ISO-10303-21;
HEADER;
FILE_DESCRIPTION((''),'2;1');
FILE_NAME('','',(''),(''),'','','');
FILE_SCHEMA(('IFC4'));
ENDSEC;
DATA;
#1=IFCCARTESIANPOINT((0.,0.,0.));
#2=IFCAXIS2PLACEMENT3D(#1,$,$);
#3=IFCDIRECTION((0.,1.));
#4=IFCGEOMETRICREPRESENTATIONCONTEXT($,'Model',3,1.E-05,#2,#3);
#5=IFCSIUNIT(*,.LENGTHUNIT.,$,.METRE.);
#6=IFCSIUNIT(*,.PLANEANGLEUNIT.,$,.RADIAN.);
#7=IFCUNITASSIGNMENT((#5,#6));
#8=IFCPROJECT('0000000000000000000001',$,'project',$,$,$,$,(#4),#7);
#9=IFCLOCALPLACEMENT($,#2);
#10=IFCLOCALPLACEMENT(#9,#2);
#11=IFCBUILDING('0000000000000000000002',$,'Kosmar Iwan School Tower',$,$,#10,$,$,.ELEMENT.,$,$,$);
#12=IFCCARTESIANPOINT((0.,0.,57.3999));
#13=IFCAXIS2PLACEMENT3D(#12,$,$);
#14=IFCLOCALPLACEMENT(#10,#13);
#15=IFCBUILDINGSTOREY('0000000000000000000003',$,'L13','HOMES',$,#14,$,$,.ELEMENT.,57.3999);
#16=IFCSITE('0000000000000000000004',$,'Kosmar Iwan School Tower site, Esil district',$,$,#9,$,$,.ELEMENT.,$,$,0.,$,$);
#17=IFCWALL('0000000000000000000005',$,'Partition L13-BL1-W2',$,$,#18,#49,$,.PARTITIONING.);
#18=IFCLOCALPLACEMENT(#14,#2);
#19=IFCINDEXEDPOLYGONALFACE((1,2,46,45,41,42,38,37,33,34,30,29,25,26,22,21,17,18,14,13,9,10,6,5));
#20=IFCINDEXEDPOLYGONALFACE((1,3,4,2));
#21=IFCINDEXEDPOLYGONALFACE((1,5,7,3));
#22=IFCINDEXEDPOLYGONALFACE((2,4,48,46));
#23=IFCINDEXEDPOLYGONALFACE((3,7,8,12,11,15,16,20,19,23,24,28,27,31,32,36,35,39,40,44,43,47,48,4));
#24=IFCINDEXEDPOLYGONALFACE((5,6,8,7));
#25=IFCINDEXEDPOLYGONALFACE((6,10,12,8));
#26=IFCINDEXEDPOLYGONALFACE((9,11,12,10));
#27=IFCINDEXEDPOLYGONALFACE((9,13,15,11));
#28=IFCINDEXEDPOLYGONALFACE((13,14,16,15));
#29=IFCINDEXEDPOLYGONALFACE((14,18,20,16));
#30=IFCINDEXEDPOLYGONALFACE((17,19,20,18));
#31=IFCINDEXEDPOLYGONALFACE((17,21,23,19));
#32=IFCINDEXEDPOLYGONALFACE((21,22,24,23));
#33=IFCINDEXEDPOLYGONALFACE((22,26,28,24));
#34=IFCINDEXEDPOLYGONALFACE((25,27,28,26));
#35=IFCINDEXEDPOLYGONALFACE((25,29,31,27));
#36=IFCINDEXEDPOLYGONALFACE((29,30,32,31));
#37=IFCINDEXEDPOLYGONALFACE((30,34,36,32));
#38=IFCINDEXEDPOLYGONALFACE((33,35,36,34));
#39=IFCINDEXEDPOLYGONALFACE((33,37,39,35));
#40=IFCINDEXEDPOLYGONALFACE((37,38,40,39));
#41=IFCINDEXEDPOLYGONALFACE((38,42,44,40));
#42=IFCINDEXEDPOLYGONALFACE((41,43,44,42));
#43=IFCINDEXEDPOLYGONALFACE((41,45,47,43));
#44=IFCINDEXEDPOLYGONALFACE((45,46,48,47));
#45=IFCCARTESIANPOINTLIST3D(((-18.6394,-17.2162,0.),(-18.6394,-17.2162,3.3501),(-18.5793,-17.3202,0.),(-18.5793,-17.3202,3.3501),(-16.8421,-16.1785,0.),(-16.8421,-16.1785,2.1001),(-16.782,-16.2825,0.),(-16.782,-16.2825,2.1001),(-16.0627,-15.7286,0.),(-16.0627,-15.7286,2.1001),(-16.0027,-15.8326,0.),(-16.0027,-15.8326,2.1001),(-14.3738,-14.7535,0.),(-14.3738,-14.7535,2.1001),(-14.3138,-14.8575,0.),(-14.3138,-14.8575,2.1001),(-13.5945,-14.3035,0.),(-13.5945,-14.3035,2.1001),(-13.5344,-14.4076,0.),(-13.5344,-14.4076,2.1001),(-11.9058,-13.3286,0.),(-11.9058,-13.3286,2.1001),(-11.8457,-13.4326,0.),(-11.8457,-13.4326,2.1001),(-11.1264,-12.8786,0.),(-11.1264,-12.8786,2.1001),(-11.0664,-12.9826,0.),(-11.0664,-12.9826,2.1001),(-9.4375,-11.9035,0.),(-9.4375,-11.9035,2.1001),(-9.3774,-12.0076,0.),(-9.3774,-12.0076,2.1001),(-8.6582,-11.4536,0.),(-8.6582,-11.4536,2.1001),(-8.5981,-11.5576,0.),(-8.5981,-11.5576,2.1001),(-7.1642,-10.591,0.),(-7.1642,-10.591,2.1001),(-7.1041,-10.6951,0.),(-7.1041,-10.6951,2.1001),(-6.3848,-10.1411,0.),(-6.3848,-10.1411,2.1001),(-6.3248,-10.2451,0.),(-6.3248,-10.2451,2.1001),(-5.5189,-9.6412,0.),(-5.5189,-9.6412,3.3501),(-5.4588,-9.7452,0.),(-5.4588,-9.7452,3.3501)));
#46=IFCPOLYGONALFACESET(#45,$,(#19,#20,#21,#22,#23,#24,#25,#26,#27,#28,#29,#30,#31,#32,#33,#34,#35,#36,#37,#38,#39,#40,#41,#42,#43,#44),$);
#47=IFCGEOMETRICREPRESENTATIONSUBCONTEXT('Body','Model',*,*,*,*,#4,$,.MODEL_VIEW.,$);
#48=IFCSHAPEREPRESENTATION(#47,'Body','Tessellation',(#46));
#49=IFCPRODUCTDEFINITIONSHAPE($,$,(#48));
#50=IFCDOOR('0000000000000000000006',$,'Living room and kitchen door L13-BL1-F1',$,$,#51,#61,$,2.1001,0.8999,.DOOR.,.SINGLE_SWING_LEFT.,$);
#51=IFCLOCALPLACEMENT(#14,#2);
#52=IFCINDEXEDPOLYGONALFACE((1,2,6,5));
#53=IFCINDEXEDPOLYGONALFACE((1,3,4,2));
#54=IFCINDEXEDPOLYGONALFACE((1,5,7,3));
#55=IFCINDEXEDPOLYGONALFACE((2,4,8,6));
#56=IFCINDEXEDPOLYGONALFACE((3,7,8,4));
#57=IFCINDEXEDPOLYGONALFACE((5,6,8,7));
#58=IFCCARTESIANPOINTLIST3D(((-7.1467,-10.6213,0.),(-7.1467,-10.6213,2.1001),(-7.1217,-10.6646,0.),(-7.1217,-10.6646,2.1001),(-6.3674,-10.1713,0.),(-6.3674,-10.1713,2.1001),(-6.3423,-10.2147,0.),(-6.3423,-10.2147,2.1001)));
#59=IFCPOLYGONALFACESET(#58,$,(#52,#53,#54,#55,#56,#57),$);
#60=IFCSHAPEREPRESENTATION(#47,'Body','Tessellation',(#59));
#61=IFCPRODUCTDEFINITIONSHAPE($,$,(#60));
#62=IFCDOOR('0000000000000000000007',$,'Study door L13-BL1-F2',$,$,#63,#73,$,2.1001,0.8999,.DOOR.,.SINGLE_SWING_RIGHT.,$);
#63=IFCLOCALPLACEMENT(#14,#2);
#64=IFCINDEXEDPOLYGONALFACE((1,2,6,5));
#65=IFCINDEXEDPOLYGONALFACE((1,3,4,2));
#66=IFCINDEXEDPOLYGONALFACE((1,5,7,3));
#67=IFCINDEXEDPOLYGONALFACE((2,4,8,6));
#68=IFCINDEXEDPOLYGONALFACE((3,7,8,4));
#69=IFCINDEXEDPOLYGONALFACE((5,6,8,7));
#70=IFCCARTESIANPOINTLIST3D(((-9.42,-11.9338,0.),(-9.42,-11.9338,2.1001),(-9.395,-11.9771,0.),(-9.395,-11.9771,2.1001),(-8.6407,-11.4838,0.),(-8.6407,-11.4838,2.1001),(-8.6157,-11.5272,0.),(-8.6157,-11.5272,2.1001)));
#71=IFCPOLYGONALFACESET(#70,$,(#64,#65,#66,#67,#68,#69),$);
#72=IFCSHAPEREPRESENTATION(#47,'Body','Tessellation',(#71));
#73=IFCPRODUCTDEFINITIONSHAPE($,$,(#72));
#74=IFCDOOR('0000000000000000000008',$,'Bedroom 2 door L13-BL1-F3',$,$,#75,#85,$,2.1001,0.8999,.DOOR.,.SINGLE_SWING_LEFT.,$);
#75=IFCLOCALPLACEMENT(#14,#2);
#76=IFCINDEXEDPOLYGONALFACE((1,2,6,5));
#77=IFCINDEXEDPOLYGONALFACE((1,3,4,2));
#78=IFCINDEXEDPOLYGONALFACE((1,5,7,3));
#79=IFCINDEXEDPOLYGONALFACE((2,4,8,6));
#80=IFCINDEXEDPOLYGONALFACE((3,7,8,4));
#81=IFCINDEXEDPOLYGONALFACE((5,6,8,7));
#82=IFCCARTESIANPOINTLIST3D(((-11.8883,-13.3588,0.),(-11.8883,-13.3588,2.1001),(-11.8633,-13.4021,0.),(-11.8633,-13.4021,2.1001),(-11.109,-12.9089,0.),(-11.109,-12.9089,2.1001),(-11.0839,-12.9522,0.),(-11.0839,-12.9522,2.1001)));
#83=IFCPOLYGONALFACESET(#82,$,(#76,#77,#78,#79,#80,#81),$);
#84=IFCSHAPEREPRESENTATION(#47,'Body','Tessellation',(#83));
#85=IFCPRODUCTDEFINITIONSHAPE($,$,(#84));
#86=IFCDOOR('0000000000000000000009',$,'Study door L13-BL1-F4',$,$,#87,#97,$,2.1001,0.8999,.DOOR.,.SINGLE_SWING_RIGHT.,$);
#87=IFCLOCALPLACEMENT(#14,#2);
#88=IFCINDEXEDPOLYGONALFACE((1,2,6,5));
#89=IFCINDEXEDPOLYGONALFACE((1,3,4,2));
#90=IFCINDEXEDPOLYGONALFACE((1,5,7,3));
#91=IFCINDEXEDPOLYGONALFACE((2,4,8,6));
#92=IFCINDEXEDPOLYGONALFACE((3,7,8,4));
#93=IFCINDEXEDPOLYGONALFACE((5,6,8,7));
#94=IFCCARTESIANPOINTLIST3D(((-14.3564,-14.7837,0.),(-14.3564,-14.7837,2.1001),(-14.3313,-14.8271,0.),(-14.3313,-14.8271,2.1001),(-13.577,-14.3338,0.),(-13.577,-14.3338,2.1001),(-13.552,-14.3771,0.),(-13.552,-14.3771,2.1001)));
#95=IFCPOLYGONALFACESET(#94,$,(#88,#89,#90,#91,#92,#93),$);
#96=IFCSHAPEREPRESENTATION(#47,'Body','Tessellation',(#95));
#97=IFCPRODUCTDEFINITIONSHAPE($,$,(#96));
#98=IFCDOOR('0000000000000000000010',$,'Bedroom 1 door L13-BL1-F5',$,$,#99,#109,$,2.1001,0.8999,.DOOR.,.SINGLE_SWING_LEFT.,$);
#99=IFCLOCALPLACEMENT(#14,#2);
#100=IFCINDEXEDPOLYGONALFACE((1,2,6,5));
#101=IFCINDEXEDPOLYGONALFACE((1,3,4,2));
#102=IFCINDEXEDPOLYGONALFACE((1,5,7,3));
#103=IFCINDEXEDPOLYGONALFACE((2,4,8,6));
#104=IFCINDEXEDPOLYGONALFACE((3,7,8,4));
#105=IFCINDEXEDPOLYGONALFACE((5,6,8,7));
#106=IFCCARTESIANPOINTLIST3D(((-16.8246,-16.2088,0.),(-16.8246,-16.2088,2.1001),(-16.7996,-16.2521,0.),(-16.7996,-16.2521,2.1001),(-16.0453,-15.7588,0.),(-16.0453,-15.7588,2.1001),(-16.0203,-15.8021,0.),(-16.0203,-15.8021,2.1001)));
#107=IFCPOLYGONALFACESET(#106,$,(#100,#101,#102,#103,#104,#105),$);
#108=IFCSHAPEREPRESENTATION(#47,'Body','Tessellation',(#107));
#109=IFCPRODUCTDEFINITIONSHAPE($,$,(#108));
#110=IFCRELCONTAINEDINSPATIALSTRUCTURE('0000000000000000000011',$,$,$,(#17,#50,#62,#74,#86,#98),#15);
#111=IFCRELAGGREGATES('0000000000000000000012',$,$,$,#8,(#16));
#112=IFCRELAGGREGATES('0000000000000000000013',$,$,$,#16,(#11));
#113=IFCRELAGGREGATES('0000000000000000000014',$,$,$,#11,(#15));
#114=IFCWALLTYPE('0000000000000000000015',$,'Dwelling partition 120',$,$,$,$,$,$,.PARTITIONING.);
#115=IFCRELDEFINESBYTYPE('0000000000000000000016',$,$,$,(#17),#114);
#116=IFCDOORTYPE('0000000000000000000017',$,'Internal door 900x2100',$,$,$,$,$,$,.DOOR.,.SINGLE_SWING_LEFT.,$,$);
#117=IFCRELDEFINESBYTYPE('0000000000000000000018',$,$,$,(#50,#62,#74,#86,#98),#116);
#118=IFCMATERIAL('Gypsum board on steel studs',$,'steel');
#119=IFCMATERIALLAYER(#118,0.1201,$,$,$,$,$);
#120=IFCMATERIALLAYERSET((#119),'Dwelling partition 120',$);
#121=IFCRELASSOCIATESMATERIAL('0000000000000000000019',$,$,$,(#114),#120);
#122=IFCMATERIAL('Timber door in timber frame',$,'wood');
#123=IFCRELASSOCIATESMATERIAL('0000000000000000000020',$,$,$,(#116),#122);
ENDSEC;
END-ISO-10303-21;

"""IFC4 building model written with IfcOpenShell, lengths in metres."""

from ifc_helpers import new_model, si_unit, direction, frame, frame_2d, origin, place, context, subcontext, project, spatial, rectangle, extrude, material, layer, layer_set, type_object, element, fill, save


model = new_model("IFC4")

# Units and contexts
model_context = context("Model", 3, precision=1e-05, world=origin(), true_north=direction((0.0, 1.0)))
body_context = subcontext(model_context, "Body", "Model", "MODEL_VIEW")
ifc_project = project(units=[si_unit("LENGTHUNIT", "METRE"), si_unit("PLANEANGLEUNIT", "RADIAN")], contexts=[model_context])

# Site, building, storey
site_placement = place(None, origin())
site = spatial("IfcSite", under=ifc_project, at=site_placement, Name="Kosmar Iwan School Tower site, Esil district", CompositionType="ELEMENT", RefElevation=0.0)
building_placement = place(site_placement, origin())
building = spatial("IfcBuilding", under=site, at=building_placement, Name="Kosmar Iwan School Tower", CompositionType="ELEMENT")
storey_placement = place(building_placement, frame((0.0, 0.0, 57.3999)))
storey = spatial("IfcBuildingStorey", under=building, at=storey_placement, Name="L13", Description="HOMES", CompositionType="ELEMENT", Elevation=57.3999)

# Wall, openings, doors
ifc_material_1 = material(Name="Gypsum board on steel studs", Category="steel")
ifc_layer = layer(ifc_material_1, 0.1201)
ifc_layer_set = layer_set([ifc_layer], Name="Dwelling partition 120")
wall_type = type_object("IfcWallType", Name="Dwelling partition 120", PredefinedType="PARTITIONING", material=ifc_layer_set)
wall_placement = place(storey_placement, frame((-5.4888, -9.6931, 0.0), z_axis=(0.0, 0.0, 1.0), x_axis=(-0.866028, -0.499995, 0.0)))
wall = element("IfcWall", 1, at=wall_placement, inside=storey, type_object=wall_type, Name="Partition L13-BL1-W2", PredefinedType="PARTITIONING", context=body_context, shape_type="SweptSolid", body=[
    extrude(rectangle(XDim=15.1501, YDim=0.1201, at=frame_2d((7.5752, 0.0))), origin(), (0.0, 0.0, 1.0), 3.3501),
])
opening_1_placement = place(wall_placement, frame((1.0, 0.0, 0.0)))
opening_1 = element("IfcOpeningElement", 2, at=opening_1_placement, cuts=wall, PredefinedType="OPENING", context=body_context, shape_type="SweptSolid", body=[
    extrude(rectangle(XDim=0.8999, YDim=2.1001, at=frame_2d((0.45, 1.05))), frame((0.0, 0.072, 0.0), z_axis=(0.0, -1.0, 0.0), x_axis=(1.0, 0.0, 0.0)), (0.0, 0.0, 1.0), 0.144),
])
opening_2_placement = place(wall_placement, frame((3.625, 0.0, 0.0)))
opening_2 = element("IfcOpeningElement", 3, at=opening_2_placement, cuts=wall, PredefinedType="OPENING", context=body_context, shape_type="SweptSolid", body=[
    extrude(rectangle(XDim=0.8999, YDim=2.1001, at=frame_2d((0.45, 1.05))), frame((0.0, 0.072, 0.0), z_axis=(0.0, -1.0, 0.0), x_axis=(1.0, 0.0, 0.0)), (0.0, 0.0, 1.0), 0.144),
])
opening_3_placement = place(wall_placement, frame((6.4751, 0.0, 0.0)))
opening_3 = element("IfcOpeningElement", 4, at=opening_3_placement, cuts=wall, PredefinedType="OPENING", context=body_context, shape_type="SweptSolid", body=[
    extrude(rectangle(XDim=0.8999, YDim=2.1001, at=frame_2d((0.45, 1.05))), frame((0.0, 0.072, 0.0), z_axis=(0.0, -1.0, 0.0), x_axis=(1.0, 0.0, 0.0)), (0.0, 0.0, 1.0), 0.144),
])
opening_4_placement = place(wall_placement, frame((9.325, 0.0, 0.0)))
opening_4 = element("IfcOpeningElement", 5, at=opening_4_placement, cuts=wall, PredefinedType="OPENING", context=body_context, shape_type="SweptSolid", body=[
    extrude(rectangle(XDim=0.8999, YDim=2.1001, at=frame_2d((0.45, 1.05))), frame((0.0, 0.072, 0.0), z_axis=(0.0, -1.0, 0.0), x_axis=(1.0, 0.0, 0.0)), (0.0, 0.0, 1.0), 0.144),
])
opening_5_placement = place(wall_placement, frame((12.175, 0.0, 0.0)))
opening_5 = element("IfcOpeningElement", 6, at=opening_5_placement, cuts=wall, PredefinedType="OPENING", context=body_context, shape_type="SweptSolid", body=[
    extrude(rectangle(XDim=0.8999, YDim=2.1001, at=frame_2d((0.45, 1.05))), frame((0.0, 0.072, 0.0), z_axis=(0.0, -1.0, 0.0), x_axis=(1.0, 0.0, 0.0)), (0.0, 0.0, 1.0), 0.144),
])
ifc_material_2 = material(Name="Timber door in timber frame", Category="wood")
door_type = type_object("IfcDoorType", Name="Internal door 900x2100", OperationType="SINGLE_SWING_LEFT", PredefinedType="DOOR", material=ifc_material_2)
door_1_placement = place(opening_1_placement, origin())
door_1 = element("IfcDoor", 7, at=door_1_placement, inside=storey, type_object=door_type, Name="Living room and kitchen door L13-BL1-F1", OperationType="SINGLE_SWING_LEFT", OverallHeight=2.1001, OverallWidth=0.8999, PredefinedType="DOOR", context=body_context, shape_type="SweptSolid", body=[
    extrude(rectangle(XDim=0.8999, YDim=2.1001, at=frame_2d((0.45, 1.05))), frame((0.0, 0.0249, 0.0), z_axis=(0.0, -1.0, 0.0), x_axis=(1.0, 0.0, 0.0)), (0.0, 0.0, 1.0), 0.05),
])
fill(opening_1, door_1)
door_2_placement = place(opening_2_placement, origin())
door_2 = element("IfcDoor", 8, at=door_2_placement, inside=storey, type_object=door_type, Name="Study door L13-BL1-F2", OperationType="SINGLE_SWING_RIGHT", OverallHeight=2.1001, OverallWidth=0.8999, PredefinedType="DOOR", context=body_context, shape_type="SweptSolid", body=[
    extrude(rectangle(XDim=0.8999, YDim=2.1001, at=frame_2d((0.45, 1.05))), frame((0.0, 0.0249, 0.0), z_axis=(0.0, -1.0, 0.0), x_axis=(1.0, 0.0, 0.0)), (0.0, 0.0, 1.0), 0.05),
])
fill(opening_2, door_2)
door_3_placement = place(opening_3_placement, origin())
door_3 = element("IfcDoor", 9, at=door_3_placement, inside=storey, type_object=door_type, Name="Bedroom 2 door L13-BL1-F3", OperationType="SINGLE_SWING_LEFT", OverallHeight=2.1001, OverallWidth=0.8999, PredefinedType="DOOR", context=body_context, shape_type="SweptSolid", body=[
    extrude(rectangle(XDim=0.8999, YDim=2.1001, at=frame_2d((0.45, 1.05))), frame((0.0, 0.0249, 0.0), z_axis=(0.0, -1.0, 0.0), x_axis=(1.0, 0.0, 0.0)), (0.0, 0.0, 1.0), 0.05),
])
fill(opening_3, door_3)
door_4_placement = place(opening_4_placement, origin())
door_4 = element("IfcDoor", 10, at=door_4_placement, inside=storey, type_object=door_type, Name="Study door L13-BL1-F4", OperationType="SINGLE_SWING_RIGHT", OverallHeight=2.1001, OverallWidth=0.8999, PredefinedType="DOOR", context=body_context, shape_type="SweptSolid", body=[
    extrude(rectangle(XDim=0.8999, YDim=2.1001, at=frame_2d((0.45, 1.05))), frame((0.0, 0.0249, 0.0), z_axis=(0.0, -1.0, 0.0), x_axis=(1.0, 0.0, 0.0)), (0.0, 0.0, 1.0), 0.05),
])
fill(opening_4, door_4)
door_5_placement = place(opening_5_placement, origin())
door_5 = element("IfcDoor", 11, at=door_5_placement, inside=storey, type_object=door_type, Name="Bedroom 1 door L13-BL1-F5", OperationType="SINGLE_SWING_LEFT", OverallHeight=2.1001, OverallWidth=0.8999, PredefinedType="DOOR", context=body_context, shape_type="SweptSolid", body=[
    extrude(rectangle(XDim=0.8999, YDim=2.1001, at=frame_2d((0.45, 1.05))), frame((0.0, 0.0249, 0.0), z_axis=(0.0, -1.0, 0.0), x_axis=(1.0, 0.0, 0.0)), (0.0, 0.0, 1.0), 0.05),
])
fill(opening_5, door_5)

save(model, "model.ifc")
